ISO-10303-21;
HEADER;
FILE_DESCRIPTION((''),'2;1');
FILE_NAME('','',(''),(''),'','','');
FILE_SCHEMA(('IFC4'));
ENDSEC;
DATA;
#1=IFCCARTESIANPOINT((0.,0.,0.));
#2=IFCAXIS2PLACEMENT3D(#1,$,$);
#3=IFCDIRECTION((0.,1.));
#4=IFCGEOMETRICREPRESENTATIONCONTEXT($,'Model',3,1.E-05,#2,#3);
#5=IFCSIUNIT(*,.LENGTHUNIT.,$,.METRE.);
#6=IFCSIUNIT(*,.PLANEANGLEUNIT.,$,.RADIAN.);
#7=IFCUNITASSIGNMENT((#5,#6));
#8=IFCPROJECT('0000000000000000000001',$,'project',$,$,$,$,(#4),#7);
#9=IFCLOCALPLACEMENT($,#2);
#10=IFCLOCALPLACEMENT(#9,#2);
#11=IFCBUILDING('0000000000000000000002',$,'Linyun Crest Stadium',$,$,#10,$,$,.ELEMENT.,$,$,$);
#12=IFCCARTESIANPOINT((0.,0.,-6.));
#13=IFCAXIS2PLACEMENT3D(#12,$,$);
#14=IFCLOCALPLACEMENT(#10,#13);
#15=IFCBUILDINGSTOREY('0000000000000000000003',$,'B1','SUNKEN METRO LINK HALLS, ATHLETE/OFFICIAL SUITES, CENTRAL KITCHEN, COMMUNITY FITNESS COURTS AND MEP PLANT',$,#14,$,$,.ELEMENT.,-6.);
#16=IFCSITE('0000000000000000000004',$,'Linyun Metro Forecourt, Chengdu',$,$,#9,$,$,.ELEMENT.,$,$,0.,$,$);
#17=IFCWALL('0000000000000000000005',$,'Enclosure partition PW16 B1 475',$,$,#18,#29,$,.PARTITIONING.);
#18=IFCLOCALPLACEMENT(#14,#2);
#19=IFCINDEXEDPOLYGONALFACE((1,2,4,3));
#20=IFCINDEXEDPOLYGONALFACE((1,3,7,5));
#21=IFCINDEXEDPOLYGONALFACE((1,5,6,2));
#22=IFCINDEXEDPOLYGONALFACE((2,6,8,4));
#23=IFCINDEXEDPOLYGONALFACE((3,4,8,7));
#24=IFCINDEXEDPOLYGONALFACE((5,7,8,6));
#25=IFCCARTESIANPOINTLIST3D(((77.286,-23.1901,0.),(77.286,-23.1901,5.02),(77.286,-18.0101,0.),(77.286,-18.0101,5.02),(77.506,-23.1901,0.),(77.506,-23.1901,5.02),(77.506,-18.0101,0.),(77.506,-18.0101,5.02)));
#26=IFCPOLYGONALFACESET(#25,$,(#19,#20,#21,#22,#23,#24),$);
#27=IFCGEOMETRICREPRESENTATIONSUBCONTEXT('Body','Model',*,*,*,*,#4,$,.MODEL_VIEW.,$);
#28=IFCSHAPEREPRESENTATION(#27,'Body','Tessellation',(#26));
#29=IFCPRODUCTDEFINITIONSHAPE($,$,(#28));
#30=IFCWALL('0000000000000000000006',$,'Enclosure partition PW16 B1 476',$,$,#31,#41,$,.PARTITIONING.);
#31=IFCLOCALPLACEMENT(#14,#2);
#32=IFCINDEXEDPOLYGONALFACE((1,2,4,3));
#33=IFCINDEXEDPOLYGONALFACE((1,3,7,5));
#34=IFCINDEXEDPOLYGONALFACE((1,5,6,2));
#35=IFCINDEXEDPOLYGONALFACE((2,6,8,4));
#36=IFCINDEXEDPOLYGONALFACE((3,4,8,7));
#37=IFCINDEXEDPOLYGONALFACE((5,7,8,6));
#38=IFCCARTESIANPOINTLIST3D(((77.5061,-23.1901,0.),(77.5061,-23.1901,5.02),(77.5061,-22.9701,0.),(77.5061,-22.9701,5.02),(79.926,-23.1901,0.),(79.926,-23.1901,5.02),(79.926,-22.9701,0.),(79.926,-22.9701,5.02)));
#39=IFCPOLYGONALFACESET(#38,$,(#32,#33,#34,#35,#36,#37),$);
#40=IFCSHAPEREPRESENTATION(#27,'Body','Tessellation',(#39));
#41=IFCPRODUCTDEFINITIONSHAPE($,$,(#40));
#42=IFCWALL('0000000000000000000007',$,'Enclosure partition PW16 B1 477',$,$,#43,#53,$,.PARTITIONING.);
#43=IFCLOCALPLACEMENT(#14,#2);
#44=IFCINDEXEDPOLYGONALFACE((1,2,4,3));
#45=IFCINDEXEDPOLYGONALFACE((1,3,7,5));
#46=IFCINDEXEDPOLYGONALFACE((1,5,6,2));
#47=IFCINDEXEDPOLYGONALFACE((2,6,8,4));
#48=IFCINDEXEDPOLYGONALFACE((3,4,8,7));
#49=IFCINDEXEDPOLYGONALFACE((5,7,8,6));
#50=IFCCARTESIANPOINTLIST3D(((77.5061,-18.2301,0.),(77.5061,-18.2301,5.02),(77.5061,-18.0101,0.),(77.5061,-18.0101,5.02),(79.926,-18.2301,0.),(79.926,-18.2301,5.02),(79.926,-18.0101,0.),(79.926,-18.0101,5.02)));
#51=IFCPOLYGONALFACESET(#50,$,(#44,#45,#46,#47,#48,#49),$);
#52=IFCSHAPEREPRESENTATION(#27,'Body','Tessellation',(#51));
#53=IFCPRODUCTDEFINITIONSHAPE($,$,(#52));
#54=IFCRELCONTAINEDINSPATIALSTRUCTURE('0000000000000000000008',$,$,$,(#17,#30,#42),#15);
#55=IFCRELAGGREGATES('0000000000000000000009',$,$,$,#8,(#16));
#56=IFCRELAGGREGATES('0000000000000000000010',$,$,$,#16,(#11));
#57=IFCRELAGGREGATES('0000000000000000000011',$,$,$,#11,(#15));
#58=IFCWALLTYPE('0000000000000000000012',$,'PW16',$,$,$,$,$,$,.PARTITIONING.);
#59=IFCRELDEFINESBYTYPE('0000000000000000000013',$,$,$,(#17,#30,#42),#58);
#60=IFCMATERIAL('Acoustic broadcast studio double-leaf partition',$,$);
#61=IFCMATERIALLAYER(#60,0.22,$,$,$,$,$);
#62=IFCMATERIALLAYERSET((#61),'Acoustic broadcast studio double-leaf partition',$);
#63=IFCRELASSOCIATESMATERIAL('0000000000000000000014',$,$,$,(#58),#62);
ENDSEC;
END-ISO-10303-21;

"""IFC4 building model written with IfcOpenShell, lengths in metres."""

from ifc_helpers import new_model, si_unit, direction, frame, frame_2d, origin, place, context, subcontext, project, spatial, rectangle, extrude, material, layer, layer_set, type_object, element, save


model = new_model("IFC4")

# Units and contexts
model_context = context("Model", 3, precision=1e-05, world=origin(), true_north=direction((0.0, 1.0)))
body_context = subcontext(model_context, "Body", "Model", "MODEL_VIEW")
ifc_project = project(units=[si_unit("LENGTHUNIT", "METRE"), si_unit("PLANEANGLEUNIT", "RADIAN")], contexts=[model_context])

# Site, building, storey
site_placement = place(None, origin())
site = spatial("IfcSite", under=ifc_project, at=site_placement, Name="Linyun Metro Forecourt, Chengdu", CompositionType="ELEMENT", RefElevation=0.0)
building_placement = place(site_placement, origin())
building = spatial("IfcBuilding", under=site, at=building_placement, Name="Linyun Crest Stadium", CompositionType="ELEMENT")
storey_placement = place(building_placement, frame((0.0, 0.0, -6.0)))
storey = spatial("IfcBuildingStorey", under=building, at=storey_placement, Name="B1", Description="SUNKEN METRO LINK HALLS, ATHLETE/OFFICIAL SUITES, CENTRAL KITCHEN, COMMUNITY FITNESS COURTS AND MEP PLANT", CompositionType="ELEMENT", Elevation=-6.0)

# Shared definitions
ifc_material_1 = material(Name="Acoustic broadcast studio double-leaf partition")
ifc_layer_1 = layer(ifc_material_1, 0.22)
ifc_layer_set_1 = layer_set([ifc_layer_1], Name="Acoustic broadcast studio double-leaf partition")
wall_type_1 = type_object("IfcWallType", Name="PW16", PredefinedType="PARTITIONING", material=ifc_layer_set_1)

# Walls
wall_1_placement = place(storey_placement, frame((77.396, -23.1899, 0.0), z_axis=(0.0, 0.0, 1.0), x_axis=(0.0, 1.0, 0.0)))
element("IfcWall", 1, at=wall_1_placement, inside=storey, type_object=wall_type_1, Name="Enclosure partition PW16 B1 475", PredefinedType="PARTITIONING", context=body_context, shape_type="SweptSolid", body=[
    extrude(rectangle(XDim=5.1799, YDim=0.22, at=frame_2d((2.5898, 0.0))), origin(), (0.0, 0.0, 1.0), 5.02),
])
for number, where, z_axis, x_axis, name in (
    (2, (77.5061, -23.0801, 0.0), (0.0, 0.0, 1.0), (1.0, 0.0, 0.0), "Enclosure partition PW16 B1 476"),
    (3, (77.5061, -18.1201, 0.0), (0.0, 0.0, 1.0), (1.0, 0.0, 0.0), "Enclosure partition PW16 B1 477"),
):
    element("IfcWall", number, at=place(storey_placement, frame(where, z_axis=z_axis, x_axis=x_axis)), inside=storey, type_object=wall_type_1, Name=name, PredefinedType="PARTITIONING", context=body_context, shape_type="SweptSolid", body=[
        extrude(rectangle(XDim=2.4199, YDim=0.22, at=frame_2d((1.21, 0.0))), origin(), (0.0, 0.0, 1.0), 5.02),
    ])

save(model, "model.ifc")
